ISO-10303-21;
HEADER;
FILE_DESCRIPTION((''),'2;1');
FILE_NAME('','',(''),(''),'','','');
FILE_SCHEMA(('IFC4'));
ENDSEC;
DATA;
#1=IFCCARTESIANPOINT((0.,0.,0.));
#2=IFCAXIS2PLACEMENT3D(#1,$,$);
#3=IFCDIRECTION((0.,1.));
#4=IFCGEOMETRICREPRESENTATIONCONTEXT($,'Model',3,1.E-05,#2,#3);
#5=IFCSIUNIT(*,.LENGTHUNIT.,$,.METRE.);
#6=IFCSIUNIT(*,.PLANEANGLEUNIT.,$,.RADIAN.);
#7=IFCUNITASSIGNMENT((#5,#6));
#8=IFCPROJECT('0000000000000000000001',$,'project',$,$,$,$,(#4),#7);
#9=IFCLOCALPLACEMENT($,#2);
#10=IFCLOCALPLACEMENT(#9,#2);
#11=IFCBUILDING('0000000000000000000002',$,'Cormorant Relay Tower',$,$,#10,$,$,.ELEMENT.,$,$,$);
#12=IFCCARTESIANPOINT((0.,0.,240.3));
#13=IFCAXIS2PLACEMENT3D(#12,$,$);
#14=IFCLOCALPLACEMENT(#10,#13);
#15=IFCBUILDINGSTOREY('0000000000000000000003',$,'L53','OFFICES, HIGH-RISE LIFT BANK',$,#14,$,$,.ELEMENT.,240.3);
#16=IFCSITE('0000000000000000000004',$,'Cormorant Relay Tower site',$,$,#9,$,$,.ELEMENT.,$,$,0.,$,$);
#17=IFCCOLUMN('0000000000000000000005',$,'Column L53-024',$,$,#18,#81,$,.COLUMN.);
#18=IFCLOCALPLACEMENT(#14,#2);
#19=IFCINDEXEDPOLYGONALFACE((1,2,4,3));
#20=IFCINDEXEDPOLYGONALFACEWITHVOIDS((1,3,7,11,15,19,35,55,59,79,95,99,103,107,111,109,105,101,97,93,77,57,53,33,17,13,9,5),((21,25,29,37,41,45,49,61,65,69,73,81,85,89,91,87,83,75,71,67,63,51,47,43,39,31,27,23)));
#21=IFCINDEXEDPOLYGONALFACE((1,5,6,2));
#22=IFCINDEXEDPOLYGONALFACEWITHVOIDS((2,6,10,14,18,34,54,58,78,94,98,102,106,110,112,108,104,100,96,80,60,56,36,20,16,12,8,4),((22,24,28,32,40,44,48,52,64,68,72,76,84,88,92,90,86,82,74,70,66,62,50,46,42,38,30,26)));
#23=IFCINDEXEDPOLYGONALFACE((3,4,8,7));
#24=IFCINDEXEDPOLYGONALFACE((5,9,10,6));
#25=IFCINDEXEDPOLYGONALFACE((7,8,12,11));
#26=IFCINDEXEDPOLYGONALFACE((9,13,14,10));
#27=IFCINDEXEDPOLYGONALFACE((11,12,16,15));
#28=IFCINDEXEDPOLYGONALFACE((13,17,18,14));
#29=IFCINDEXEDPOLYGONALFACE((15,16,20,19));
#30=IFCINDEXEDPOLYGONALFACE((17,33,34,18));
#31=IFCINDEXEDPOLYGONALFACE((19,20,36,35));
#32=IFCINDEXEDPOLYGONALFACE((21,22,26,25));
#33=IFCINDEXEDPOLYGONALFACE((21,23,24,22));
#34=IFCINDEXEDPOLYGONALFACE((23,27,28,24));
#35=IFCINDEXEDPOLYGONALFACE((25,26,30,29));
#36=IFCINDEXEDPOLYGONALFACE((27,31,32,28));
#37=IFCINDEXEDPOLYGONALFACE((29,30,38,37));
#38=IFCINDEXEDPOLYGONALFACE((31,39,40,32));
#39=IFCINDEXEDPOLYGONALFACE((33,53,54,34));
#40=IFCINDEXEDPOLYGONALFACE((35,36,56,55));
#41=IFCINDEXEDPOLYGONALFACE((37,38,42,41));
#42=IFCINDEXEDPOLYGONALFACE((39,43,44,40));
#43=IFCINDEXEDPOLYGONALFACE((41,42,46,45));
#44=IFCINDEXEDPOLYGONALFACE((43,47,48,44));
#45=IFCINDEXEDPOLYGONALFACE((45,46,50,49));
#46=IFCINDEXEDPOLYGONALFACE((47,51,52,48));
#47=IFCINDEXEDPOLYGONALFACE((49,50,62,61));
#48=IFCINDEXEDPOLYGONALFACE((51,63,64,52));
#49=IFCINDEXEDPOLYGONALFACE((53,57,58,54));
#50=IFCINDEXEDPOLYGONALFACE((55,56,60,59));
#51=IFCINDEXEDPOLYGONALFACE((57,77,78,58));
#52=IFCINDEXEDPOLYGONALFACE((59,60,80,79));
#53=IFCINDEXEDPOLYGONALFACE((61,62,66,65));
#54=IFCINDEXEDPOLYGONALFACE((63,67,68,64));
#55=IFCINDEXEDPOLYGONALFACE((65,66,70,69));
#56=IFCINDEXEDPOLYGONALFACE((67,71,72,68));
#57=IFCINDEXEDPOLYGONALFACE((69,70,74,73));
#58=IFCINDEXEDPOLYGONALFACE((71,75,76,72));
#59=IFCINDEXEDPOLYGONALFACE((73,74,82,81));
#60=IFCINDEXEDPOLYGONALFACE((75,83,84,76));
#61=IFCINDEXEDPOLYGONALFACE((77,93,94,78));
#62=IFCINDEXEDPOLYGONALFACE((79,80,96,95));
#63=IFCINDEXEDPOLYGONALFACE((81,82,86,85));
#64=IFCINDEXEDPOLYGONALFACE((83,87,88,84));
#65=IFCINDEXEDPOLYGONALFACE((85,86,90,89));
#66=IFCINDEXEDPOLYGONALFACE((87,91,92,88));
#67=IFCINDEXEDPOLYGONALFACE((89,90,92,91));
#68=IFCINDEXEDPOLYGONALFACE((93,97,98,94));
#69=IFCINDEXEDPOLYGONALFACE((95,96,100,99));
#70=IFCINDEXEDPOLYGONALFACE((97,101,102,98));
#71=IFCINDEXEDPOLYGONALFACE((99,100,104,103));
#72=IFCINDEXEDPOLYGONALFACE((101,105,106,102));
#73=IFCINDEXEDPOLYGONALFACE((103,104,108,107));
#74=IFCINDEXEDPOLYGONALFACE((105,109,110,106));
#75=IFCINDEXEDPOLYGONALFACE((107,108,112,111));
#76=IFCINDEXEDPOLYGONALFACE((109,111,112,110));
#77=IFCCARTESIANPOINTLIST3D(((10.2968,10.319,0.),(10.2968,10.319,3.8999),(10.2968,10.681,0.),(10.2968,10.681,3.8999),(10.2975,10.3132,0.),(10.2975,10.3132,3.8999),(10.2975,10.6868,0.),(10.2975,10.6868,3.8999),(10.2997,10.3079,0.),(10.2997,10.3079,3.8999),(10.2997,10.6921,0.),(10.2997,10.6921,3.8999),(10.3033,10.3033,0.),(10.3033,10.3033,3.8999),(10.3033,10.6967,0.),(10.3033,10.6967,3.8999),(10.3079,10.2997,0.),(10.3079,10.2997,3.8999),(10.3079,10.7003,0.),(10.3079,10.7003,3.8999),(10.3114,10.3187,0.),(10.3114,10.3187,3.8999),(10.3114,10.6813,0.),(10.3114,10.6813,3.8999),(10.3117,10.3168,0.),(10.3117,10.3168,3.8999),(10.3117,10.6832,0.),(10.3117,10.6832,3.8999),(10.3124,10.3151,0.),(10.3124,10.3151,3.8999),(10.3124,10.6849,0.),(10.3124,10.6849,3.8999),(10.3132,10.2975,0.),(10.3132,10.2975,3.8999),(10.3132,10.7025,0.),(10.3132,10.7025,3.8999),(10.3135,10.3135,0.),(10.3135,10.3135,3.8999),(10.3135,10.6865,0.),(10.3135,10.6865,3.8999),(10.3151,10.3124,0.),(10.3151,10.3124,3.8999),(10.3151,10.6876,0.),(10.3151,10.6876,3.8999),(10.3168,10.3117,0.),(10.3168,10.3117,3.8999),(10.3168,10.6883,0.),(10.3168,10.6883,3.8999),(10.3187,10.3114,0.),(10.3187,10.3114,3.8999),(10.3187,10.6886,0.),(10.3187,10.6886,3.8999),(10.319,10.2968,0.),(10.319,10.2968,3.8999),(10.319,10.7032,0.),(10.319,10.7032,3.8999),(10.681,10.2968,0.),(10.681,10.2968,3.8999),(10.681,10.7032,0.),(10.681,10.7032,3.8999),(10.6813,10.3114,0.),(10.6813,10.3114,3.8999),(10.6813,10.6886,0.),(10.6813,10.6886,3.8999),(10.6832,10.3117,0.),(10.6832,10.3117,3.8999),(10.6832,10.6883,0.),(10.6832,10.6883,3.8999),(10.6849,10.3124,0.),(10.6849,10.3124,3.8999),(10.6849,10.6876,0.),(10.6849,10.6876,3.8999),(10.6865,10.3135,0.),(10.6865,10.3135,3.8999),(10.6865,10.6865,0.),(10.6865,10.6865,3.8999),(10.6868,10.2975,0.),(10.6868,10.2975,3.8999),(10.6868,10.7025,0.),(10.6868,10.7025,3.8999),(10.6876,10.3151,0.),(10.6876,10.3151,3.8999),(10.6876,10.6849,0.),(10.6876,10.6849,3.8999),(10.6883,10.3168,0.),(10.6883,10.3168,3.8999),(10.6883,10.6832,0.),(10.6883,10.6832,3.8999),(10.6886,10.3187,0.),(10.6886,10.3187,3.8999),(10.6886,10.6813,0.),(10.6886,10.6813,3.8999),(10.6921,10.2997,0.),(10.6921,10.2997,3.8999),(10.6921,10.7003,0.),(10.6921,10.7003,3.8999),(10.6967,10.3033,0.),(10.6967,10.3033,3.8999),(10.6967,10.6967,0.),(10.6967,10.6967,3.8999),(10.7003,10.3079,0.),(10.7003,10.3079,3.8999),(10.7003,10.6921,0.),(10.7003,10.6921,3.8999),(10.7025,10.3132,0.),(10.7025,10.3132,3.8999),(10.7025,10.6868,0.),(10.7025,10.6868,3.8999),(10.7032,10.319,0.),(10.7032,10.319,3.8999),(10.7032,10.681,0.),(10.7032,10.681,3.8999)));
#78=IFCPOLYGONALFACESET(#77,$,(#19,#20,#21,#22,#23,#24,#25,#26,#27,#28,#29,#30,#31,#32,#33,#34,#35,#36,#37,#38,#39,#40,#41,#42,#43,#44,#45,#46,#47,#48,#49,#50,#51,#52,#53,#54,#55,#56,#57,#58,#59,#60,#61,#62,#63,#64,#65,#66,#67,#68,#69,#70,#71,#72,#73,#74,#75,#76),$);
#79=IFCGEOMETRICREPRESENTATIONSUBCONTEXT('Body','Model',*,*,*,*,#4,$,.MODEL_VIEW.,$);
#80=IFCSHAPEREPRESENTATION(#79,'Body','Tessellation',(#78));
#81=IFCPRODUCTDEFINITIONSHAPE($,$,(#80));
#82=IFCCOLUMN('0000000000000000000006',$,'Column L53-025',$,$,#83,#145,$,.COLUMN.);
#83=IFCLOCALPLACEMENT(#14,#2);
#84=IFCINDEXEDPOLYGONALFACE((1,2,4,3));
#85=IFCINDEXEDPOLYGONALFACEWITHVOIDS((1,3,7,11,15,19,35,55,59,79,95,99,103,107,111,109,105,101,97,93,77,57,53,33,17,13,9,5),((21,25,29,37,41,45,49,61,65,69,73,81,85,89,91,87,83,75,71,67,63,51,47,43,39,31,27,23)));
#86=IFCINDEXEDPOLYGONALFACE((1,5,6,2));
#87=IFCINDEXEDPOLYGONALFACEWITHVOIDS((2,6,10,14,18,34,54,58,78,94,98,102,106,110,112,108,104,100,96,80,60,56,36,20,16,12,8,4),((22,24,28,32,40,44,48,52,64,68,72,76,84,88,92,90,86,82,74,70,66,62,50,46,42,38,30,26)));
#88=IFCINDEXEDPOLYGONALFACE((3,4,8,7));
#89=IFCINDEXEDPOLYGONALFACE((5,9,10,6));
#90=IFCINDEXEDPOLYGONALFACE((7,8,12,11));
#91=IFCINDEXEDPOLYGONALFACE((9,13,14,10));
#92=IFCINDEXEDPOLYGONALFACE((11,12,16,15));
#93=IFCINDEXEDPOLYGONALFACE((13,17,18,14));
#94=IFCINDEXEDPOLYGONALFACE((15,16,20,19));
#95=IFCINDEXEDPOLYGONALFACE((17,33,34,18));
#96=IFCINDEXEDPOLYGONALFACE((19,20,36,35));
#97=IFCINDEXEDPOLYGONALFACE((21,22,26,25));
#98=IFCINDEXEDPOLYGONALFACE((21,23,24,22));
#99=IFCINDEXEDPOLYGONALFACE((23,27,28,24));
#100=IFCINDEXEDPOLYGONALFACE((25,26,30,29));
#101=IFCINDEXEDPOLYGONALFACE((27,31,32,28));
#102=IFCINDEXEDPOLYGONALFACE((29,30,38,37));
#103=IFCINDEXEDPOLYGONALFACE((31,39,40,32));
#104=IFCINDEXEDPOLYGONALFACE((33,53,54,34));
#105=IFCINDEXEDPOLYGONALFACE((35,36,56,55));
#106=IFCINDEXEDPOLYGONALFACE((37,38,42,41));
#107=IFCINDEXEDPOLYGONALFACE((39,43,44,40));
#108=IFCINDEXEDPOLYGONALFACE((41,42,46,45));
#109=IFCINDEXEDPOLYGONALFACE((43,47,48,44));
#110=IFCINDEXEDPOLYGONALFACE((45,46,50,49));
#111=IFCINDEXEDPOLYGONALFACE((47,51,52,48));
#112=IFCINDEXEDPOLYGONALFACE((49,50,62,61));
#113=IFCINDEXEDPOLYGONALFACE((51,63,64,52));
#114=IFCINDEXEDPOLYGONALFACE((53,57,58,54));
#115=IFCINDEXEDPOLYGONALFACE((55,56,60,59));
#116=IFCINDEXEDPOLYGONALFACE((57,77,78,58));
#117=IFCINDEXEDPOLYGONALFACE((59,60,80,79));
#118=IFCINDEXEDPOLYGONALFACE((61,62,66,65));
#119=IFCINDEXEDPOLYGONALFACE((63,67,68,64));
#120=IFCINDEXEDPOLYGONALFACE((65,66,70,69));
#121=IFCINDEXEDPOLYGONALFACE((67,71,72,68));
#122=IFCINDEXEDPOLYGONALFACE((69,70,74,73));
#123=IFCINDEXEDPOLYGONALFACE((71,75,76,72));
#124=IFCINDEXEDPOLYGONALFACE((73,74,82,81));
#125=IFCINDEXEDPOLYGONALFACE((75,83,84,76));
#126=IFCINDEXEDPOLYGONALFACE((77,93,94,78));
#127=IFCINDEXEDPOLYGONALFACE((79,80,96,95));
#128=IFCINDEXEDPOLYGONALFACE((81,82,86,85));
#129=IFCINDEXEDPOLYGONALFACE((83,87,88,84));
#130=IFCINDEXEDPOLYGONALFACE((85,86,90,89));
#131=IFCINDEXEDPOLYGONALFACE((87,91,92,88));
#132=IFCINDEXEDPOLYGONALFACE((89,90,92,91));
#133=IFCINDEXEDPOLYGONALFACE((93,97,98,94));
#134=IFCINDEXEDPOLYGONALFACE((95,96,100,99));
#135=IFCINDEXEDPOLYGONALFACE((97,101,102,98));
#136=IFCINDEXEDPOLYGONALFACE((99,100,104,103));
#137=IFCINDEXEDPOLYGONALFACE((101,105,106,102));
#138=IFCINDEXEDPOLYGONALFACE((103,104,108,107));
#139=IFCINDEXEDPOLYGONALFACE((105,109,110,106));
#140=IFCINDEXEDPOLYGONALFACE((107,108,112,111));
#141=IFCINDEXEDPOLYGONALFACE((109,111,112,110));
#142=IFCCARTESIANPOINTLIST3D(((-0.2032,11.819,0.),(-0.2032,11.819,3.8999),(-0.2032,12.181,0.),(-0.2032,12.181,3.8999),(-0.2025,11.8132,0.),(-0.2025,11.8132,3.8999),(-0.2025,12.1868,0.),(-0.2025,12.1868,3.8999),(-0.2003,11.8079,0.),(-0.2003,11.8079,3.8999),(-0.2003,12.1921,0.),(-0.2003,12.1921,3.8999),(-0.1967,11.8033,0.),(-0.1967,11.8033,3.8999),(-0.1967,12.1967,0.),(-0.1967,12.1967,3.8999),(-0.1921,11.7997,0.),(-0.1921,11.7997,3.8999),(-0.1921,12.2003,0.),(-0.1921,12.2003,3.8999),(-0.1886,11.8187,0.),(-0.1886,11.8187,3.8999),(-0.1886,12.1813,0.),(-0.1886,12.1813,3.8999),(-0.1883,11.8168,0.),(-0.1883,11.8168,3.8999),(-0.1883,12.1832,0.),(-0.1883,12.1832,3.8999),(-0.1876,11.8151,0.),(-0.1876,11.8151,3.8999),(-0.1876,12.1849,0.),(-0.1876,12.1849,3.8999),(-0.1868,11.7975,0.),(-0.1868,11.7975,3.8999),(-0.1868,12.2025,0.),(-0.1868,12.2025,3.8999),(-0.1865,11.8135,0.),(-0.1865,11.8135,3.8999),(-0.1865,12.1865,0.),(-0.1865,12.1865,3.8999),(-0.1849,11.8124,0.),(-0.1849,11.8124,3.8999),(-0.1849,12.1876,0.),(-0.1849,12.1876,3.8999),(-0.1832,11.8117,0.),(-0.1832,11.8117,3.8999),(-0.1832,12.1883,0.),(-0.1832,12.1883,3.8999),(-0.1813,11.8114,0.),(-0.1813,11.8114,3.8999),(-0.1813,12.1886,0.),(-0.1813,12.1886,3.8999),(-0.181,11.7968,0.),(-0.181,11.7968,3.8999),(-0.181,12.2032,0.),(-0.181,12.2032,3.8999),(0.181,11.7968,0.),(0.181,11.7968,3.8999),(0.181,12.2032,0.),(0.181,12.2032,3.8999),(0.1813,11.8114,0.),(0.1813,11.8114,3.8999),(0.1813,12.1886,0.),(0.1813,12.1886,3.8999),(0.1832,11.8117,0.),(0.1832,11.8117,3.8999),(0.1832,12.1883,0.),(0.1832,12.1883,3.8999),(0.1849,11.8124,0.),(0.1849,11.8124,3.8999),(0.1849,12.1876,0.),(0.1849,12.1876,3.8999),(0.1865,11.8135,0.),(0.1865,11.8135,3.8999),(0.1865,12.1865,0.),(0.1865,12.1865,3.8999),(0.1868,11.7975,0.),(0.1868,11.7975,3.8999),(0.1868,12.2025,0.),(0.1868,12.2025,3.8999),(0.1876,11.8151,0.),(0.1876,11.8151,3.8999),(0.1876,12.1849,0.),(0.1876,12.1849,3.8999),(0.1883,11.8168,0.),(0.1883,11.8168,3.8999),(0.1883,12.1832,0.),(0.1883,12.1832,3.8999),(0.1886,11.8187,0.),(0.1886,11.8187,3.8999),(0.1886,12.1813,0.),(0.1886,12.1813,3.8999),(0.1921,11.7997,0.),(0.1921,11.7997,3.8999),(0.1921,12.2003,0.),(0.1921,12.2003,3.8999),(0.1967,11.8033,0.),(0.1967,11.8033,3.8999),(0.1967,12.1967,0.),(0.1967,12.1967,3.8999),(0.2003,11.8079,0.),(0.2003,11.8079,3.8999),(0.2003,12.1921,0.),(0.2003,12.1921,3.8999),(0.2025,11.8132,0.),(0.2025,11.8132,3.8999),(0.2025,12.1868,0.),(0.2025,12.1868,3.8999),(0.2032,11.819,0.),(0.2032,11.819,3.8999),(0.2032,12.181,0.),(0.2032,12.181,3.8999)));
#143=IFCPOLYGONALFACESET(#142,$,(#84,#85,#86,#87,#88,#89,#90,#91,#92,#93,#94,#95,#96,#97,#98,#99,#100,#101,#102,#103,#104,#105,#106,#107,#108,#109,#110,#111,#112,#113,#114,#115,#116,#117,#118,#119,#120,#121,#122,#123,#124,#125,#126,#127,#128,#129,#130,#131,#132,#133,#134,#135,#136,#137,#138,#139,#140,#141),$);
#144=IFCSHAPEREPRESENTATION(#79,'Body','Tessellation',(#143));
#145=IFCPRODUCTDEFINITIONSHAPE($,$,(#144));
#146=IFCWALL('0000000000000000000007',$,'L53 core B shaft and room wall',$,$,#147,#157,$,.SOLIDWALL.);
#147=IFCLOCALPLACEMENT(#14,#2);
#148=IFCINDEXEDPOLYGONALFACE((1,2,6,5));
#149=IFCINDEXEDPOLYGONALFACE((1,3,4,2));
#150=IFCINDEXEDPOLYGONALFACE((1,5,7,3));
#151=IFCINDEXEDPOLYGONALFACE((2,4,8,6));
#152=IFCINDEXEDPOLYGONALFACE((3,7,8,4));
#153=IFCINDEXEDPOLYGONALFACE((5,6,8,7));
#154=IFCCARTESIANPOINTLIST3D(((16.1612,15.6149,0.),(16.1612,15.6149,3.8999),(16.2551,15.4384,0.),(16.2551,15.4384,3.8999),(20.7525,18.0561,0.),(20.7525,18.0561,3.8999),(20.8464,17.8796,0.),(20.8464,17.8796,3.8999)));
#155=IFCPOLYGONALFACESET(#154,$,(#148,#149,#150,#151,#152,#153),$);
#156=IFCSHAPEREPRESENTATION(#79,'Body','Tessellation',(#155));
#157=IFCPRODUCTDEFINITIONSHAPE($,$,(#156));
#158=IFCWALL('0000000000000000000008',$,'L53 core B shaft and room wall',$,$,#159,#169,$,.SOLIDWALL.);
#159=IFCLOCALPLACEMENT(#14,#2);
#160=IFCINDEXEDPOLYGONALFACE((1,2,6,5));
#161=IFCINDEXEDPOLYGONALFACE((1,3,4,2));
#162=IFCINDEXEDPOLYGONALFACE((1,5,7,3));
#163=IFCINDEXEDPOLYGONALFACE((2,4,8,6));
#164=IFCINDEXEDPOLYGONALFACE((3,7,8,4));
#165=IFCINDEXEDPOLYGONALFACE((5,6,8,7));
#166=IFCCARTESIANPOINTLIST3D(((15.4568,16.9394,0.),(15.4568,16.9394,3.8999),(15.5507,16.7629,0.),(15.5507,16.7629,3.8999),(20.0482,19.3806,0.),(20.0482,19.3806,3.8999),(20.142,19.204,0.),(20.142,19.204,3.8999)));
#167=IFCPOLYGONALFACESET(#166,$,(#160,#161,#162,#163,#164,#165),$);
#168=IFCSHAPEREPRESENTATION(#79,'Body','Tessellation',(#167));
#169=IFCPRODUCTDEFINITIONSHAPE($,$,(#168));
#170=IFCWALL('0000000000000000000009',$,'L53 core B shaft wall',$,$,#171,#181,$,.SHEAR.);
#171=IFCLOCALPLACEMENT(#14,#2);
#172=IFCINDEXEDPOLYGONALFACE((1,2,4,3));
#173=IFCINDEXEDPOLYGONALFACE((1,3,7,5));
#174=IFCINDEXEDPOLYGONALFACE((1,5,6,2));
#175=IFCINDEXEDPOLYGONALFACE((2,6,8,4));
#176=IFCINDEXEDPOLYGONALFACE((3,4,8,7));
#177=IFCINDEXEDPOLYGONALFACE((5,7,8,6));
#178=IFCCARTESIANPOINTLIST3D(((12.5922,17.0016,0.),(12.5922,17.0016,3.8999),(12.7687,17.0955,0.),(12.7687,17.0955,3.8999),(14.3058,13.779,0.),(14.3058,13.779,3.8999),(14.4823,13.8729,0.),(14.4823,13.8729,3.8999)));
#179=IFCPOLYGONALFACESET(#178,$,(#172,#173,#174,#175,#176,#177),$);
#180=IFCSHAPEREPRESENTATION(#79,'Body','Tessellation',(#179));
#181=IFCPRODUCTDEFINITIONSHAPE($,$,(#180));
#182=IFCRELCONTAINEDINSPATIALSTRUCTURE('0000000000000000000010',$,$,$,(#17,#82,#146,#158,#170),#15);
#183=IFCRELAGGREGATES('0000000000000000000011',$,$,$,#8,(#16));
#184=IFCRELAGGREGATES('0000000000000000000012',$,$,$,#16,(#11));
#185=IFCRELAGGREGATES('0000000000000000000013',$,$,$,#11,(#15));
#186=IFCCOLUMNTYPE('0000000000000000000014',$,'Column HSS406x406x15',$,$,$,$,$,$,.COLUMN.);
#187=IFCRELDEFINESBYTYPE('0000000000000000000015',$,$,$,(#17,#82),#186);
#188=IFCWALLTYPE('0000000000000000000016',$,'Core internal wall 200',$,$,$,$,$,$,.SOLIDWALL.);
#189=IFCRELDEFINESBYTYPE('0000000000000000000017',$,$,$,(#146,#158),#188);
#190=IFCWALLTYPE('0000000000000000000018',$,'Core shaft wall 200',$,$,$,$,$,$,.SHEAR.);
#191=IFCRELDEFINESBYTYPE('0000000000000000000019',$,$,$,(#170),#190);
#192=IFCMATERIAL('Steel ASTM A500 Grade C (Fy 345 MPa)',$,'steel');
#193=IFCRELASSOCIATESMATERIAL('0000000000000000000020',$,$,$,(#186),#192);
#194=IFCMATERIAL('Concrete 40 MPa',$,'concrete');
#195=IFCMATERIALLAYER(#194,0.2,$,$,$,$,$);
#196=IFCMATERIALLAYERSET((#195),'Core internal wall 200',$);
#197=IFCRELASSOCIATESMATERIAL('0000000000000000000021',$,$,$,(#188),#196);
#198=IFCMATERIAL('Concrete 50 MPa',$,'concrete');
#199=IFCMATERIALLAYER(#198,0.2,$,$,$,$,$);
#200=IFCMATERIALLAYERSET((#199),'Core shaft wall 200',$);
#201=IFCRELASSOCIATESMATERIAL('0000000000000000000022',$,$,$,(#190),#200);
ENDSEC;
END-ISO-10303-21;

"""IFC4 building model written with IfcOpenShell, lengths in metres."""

from ifc_helpers import new_model, si_unit, direction, frame, frame_2d, origin, origin_2d, place, context, subcontext, project, spatial, rectangle, hollow_rectangle, extrude, material, layer, layer_set, material_profile, profile_set, type_object, element, save


model = new_model("IFC4")

# Units and contexts
model_context = context("Model", 3, precision=1e-05, world=origin(), true_north=direction((0.0, 1.0)))
body_context = subcontext(model_context, "Body", "Model", "MODEL_VIEW")
ifc_project = project(units=[si_unit("LENGTHUNIT", "METRE"), si_unit("PLANEANGLEUNIT", "RADIAN")], contexts=[model_context])

# Site, building, storey
site_placement = place(None, origin())
site = spatial("IfcSite", under=ifc_project, at=site_placement, Name="Cormorant Relay Tower site", CompositionType="ELEMENT", RefElevation=0.0)
building_placement = place(site_placement, origin())
building = spatial("IfcBuilding", under=site, at=building_placement, Name="Cormorant Relay Tower", CompositionType="ELEMENT")
storey_placement = place(building_placement, frame((0.0, 0.0, 240.3)))
storey = spatial("IfcBuildingStorey", under=building, at=storey_placement, Name="L53", Description="OFFICES, HIGH-RISE LIFT BANK", CompositionType="ELEMENT", Elevation=240.3)

# Columns
ifc_material_1 = material(Name="Steel ASTM A500 Grade C (Fy 345 MPa)", Category="steel")
ifc_material_profile = material_profile(ifc_material_1, hollow_rectangle(XDim=0.4065, YDim=0.4065, WallThickness=0.0146, InnerFilletRadius=0.0073, OuterFilletRadius=0.0222, at=origin_2d()), Name="HSS406x406x15")
ifc_profile_set = profile_set([ifc_material_profile], Name="Steel ASTM A500 Grade C (Fy 345 MPa)")
column_type = type_object("IfcColumnType", Name="Column HSS406x406x15", PredefinedType="COLUMN", material=ifc_profile_set)
for number, where, z_axis, x_axis, name in (
    (1, (10.5, 10.5, 0.0), (0.0, 0.0, 1.0), (1.0, 0.0, 0.0), "Column L53-024"),
    (2, (0.0, 12.0, 0.0), (0.0, 0.0, 1.0), (1.0, 0.0, 0.0), "Column L53-025"),
):
    element("IfcColumn", number, at=place(storey_placement, frame(where, z_axis=z_axis, x_axis=x_axis)), inside=storey, type_object=column_type, Name=name, PredefinedType="COLUMN", context=body_context, shape_type="SweptSolid", body=[
        extrude(hollow_rectangle(XDim=0.4065, YDim=0.4065, WallThickness=0.0146, InnerFilletRadius=0.0073, OuterFilletRadius=0.0222, at=origin_2d()), origin(), (0.0, 0.0, 1.0), 3.8999),
    ])

# Walls
ifc_material_2 = material(Name="Concrete 40 MPa", Category="concrete")
ifc_layer_1 = layer(ifc_material_2, 0.2)
ifc_layer_set_1 = layer_set([ifc_layer_1], Name="Core internal wall 200")
wall_type_1 = type_object("IfcWallType", Name="Core internal wall 200", PredefinedType="SOLIDWALL", material=ifc_layer_set_1)
for number, where, z_axis, x_axis, name in (
    (3, (16.208, 15.5266, 0.0), (0.0, 0.0, 1.0), (0.882954, 0.46946, 0.0), "L53 core B shaft and room wall"),
    (4, (15.5037, 16.8511, 0.0), (0.0, 0.0, 1.0), (0.882954, 0.46946, 0.0), "L53 core B shaft and room wall"),
):
    element("IfcWall", number, at=place(storey_placement, frame(where, z_axis=z_axis, x_axis=x_axis)), inside=storey, type_object=wall_type_1, Name=name, PredefinedType="SOLIDWALL", context=body_context, shape_type="SweptSolid", body=[
        extrude(rectangle(XDim=5.2, YDim=0.2, at=frame_2d((2.6001, 0.0))), origin(), (0.0, 0.0, 1.0), 3.8999),
    ])
ifc_material_3 = material(Name="Concrete 50 MPa", Category="concrete")
ifc_layer_2 = layer(ifc_material_3, 0.2)
ifc_layer_set_2 = layer_set([ifc_layer_2], Name="Core shaft wall 200")
wall_type_2 = type_object("IfcWallType", Name="Core shaft wall 200", PredefinedType="SHEAR", material=ifc_layer_set_2)
wall_1_placement = place(storey_placement, frame((14.394, 13.8259, 0.0), z_axis=(0.0, 0.0, 1.0), x_axis=(-0.469494, 0.882936, 0.0)))
element("IfcWall", 5, at=wall_1_placement, inside=storey, type_object=wall_type_2, Name="L53 core B shaft wall", PredefinedType="SHEAR", context=body_context, shape_type="SweptSolid", body=[
    extrude(rectangle(XDim=3.6499, YDim=0.2, at=frame_2d((1.825, 0.0))), origin(), (0.0, 0.0, 1.0), 3.8999),
])

save(model, "model.ifc")
